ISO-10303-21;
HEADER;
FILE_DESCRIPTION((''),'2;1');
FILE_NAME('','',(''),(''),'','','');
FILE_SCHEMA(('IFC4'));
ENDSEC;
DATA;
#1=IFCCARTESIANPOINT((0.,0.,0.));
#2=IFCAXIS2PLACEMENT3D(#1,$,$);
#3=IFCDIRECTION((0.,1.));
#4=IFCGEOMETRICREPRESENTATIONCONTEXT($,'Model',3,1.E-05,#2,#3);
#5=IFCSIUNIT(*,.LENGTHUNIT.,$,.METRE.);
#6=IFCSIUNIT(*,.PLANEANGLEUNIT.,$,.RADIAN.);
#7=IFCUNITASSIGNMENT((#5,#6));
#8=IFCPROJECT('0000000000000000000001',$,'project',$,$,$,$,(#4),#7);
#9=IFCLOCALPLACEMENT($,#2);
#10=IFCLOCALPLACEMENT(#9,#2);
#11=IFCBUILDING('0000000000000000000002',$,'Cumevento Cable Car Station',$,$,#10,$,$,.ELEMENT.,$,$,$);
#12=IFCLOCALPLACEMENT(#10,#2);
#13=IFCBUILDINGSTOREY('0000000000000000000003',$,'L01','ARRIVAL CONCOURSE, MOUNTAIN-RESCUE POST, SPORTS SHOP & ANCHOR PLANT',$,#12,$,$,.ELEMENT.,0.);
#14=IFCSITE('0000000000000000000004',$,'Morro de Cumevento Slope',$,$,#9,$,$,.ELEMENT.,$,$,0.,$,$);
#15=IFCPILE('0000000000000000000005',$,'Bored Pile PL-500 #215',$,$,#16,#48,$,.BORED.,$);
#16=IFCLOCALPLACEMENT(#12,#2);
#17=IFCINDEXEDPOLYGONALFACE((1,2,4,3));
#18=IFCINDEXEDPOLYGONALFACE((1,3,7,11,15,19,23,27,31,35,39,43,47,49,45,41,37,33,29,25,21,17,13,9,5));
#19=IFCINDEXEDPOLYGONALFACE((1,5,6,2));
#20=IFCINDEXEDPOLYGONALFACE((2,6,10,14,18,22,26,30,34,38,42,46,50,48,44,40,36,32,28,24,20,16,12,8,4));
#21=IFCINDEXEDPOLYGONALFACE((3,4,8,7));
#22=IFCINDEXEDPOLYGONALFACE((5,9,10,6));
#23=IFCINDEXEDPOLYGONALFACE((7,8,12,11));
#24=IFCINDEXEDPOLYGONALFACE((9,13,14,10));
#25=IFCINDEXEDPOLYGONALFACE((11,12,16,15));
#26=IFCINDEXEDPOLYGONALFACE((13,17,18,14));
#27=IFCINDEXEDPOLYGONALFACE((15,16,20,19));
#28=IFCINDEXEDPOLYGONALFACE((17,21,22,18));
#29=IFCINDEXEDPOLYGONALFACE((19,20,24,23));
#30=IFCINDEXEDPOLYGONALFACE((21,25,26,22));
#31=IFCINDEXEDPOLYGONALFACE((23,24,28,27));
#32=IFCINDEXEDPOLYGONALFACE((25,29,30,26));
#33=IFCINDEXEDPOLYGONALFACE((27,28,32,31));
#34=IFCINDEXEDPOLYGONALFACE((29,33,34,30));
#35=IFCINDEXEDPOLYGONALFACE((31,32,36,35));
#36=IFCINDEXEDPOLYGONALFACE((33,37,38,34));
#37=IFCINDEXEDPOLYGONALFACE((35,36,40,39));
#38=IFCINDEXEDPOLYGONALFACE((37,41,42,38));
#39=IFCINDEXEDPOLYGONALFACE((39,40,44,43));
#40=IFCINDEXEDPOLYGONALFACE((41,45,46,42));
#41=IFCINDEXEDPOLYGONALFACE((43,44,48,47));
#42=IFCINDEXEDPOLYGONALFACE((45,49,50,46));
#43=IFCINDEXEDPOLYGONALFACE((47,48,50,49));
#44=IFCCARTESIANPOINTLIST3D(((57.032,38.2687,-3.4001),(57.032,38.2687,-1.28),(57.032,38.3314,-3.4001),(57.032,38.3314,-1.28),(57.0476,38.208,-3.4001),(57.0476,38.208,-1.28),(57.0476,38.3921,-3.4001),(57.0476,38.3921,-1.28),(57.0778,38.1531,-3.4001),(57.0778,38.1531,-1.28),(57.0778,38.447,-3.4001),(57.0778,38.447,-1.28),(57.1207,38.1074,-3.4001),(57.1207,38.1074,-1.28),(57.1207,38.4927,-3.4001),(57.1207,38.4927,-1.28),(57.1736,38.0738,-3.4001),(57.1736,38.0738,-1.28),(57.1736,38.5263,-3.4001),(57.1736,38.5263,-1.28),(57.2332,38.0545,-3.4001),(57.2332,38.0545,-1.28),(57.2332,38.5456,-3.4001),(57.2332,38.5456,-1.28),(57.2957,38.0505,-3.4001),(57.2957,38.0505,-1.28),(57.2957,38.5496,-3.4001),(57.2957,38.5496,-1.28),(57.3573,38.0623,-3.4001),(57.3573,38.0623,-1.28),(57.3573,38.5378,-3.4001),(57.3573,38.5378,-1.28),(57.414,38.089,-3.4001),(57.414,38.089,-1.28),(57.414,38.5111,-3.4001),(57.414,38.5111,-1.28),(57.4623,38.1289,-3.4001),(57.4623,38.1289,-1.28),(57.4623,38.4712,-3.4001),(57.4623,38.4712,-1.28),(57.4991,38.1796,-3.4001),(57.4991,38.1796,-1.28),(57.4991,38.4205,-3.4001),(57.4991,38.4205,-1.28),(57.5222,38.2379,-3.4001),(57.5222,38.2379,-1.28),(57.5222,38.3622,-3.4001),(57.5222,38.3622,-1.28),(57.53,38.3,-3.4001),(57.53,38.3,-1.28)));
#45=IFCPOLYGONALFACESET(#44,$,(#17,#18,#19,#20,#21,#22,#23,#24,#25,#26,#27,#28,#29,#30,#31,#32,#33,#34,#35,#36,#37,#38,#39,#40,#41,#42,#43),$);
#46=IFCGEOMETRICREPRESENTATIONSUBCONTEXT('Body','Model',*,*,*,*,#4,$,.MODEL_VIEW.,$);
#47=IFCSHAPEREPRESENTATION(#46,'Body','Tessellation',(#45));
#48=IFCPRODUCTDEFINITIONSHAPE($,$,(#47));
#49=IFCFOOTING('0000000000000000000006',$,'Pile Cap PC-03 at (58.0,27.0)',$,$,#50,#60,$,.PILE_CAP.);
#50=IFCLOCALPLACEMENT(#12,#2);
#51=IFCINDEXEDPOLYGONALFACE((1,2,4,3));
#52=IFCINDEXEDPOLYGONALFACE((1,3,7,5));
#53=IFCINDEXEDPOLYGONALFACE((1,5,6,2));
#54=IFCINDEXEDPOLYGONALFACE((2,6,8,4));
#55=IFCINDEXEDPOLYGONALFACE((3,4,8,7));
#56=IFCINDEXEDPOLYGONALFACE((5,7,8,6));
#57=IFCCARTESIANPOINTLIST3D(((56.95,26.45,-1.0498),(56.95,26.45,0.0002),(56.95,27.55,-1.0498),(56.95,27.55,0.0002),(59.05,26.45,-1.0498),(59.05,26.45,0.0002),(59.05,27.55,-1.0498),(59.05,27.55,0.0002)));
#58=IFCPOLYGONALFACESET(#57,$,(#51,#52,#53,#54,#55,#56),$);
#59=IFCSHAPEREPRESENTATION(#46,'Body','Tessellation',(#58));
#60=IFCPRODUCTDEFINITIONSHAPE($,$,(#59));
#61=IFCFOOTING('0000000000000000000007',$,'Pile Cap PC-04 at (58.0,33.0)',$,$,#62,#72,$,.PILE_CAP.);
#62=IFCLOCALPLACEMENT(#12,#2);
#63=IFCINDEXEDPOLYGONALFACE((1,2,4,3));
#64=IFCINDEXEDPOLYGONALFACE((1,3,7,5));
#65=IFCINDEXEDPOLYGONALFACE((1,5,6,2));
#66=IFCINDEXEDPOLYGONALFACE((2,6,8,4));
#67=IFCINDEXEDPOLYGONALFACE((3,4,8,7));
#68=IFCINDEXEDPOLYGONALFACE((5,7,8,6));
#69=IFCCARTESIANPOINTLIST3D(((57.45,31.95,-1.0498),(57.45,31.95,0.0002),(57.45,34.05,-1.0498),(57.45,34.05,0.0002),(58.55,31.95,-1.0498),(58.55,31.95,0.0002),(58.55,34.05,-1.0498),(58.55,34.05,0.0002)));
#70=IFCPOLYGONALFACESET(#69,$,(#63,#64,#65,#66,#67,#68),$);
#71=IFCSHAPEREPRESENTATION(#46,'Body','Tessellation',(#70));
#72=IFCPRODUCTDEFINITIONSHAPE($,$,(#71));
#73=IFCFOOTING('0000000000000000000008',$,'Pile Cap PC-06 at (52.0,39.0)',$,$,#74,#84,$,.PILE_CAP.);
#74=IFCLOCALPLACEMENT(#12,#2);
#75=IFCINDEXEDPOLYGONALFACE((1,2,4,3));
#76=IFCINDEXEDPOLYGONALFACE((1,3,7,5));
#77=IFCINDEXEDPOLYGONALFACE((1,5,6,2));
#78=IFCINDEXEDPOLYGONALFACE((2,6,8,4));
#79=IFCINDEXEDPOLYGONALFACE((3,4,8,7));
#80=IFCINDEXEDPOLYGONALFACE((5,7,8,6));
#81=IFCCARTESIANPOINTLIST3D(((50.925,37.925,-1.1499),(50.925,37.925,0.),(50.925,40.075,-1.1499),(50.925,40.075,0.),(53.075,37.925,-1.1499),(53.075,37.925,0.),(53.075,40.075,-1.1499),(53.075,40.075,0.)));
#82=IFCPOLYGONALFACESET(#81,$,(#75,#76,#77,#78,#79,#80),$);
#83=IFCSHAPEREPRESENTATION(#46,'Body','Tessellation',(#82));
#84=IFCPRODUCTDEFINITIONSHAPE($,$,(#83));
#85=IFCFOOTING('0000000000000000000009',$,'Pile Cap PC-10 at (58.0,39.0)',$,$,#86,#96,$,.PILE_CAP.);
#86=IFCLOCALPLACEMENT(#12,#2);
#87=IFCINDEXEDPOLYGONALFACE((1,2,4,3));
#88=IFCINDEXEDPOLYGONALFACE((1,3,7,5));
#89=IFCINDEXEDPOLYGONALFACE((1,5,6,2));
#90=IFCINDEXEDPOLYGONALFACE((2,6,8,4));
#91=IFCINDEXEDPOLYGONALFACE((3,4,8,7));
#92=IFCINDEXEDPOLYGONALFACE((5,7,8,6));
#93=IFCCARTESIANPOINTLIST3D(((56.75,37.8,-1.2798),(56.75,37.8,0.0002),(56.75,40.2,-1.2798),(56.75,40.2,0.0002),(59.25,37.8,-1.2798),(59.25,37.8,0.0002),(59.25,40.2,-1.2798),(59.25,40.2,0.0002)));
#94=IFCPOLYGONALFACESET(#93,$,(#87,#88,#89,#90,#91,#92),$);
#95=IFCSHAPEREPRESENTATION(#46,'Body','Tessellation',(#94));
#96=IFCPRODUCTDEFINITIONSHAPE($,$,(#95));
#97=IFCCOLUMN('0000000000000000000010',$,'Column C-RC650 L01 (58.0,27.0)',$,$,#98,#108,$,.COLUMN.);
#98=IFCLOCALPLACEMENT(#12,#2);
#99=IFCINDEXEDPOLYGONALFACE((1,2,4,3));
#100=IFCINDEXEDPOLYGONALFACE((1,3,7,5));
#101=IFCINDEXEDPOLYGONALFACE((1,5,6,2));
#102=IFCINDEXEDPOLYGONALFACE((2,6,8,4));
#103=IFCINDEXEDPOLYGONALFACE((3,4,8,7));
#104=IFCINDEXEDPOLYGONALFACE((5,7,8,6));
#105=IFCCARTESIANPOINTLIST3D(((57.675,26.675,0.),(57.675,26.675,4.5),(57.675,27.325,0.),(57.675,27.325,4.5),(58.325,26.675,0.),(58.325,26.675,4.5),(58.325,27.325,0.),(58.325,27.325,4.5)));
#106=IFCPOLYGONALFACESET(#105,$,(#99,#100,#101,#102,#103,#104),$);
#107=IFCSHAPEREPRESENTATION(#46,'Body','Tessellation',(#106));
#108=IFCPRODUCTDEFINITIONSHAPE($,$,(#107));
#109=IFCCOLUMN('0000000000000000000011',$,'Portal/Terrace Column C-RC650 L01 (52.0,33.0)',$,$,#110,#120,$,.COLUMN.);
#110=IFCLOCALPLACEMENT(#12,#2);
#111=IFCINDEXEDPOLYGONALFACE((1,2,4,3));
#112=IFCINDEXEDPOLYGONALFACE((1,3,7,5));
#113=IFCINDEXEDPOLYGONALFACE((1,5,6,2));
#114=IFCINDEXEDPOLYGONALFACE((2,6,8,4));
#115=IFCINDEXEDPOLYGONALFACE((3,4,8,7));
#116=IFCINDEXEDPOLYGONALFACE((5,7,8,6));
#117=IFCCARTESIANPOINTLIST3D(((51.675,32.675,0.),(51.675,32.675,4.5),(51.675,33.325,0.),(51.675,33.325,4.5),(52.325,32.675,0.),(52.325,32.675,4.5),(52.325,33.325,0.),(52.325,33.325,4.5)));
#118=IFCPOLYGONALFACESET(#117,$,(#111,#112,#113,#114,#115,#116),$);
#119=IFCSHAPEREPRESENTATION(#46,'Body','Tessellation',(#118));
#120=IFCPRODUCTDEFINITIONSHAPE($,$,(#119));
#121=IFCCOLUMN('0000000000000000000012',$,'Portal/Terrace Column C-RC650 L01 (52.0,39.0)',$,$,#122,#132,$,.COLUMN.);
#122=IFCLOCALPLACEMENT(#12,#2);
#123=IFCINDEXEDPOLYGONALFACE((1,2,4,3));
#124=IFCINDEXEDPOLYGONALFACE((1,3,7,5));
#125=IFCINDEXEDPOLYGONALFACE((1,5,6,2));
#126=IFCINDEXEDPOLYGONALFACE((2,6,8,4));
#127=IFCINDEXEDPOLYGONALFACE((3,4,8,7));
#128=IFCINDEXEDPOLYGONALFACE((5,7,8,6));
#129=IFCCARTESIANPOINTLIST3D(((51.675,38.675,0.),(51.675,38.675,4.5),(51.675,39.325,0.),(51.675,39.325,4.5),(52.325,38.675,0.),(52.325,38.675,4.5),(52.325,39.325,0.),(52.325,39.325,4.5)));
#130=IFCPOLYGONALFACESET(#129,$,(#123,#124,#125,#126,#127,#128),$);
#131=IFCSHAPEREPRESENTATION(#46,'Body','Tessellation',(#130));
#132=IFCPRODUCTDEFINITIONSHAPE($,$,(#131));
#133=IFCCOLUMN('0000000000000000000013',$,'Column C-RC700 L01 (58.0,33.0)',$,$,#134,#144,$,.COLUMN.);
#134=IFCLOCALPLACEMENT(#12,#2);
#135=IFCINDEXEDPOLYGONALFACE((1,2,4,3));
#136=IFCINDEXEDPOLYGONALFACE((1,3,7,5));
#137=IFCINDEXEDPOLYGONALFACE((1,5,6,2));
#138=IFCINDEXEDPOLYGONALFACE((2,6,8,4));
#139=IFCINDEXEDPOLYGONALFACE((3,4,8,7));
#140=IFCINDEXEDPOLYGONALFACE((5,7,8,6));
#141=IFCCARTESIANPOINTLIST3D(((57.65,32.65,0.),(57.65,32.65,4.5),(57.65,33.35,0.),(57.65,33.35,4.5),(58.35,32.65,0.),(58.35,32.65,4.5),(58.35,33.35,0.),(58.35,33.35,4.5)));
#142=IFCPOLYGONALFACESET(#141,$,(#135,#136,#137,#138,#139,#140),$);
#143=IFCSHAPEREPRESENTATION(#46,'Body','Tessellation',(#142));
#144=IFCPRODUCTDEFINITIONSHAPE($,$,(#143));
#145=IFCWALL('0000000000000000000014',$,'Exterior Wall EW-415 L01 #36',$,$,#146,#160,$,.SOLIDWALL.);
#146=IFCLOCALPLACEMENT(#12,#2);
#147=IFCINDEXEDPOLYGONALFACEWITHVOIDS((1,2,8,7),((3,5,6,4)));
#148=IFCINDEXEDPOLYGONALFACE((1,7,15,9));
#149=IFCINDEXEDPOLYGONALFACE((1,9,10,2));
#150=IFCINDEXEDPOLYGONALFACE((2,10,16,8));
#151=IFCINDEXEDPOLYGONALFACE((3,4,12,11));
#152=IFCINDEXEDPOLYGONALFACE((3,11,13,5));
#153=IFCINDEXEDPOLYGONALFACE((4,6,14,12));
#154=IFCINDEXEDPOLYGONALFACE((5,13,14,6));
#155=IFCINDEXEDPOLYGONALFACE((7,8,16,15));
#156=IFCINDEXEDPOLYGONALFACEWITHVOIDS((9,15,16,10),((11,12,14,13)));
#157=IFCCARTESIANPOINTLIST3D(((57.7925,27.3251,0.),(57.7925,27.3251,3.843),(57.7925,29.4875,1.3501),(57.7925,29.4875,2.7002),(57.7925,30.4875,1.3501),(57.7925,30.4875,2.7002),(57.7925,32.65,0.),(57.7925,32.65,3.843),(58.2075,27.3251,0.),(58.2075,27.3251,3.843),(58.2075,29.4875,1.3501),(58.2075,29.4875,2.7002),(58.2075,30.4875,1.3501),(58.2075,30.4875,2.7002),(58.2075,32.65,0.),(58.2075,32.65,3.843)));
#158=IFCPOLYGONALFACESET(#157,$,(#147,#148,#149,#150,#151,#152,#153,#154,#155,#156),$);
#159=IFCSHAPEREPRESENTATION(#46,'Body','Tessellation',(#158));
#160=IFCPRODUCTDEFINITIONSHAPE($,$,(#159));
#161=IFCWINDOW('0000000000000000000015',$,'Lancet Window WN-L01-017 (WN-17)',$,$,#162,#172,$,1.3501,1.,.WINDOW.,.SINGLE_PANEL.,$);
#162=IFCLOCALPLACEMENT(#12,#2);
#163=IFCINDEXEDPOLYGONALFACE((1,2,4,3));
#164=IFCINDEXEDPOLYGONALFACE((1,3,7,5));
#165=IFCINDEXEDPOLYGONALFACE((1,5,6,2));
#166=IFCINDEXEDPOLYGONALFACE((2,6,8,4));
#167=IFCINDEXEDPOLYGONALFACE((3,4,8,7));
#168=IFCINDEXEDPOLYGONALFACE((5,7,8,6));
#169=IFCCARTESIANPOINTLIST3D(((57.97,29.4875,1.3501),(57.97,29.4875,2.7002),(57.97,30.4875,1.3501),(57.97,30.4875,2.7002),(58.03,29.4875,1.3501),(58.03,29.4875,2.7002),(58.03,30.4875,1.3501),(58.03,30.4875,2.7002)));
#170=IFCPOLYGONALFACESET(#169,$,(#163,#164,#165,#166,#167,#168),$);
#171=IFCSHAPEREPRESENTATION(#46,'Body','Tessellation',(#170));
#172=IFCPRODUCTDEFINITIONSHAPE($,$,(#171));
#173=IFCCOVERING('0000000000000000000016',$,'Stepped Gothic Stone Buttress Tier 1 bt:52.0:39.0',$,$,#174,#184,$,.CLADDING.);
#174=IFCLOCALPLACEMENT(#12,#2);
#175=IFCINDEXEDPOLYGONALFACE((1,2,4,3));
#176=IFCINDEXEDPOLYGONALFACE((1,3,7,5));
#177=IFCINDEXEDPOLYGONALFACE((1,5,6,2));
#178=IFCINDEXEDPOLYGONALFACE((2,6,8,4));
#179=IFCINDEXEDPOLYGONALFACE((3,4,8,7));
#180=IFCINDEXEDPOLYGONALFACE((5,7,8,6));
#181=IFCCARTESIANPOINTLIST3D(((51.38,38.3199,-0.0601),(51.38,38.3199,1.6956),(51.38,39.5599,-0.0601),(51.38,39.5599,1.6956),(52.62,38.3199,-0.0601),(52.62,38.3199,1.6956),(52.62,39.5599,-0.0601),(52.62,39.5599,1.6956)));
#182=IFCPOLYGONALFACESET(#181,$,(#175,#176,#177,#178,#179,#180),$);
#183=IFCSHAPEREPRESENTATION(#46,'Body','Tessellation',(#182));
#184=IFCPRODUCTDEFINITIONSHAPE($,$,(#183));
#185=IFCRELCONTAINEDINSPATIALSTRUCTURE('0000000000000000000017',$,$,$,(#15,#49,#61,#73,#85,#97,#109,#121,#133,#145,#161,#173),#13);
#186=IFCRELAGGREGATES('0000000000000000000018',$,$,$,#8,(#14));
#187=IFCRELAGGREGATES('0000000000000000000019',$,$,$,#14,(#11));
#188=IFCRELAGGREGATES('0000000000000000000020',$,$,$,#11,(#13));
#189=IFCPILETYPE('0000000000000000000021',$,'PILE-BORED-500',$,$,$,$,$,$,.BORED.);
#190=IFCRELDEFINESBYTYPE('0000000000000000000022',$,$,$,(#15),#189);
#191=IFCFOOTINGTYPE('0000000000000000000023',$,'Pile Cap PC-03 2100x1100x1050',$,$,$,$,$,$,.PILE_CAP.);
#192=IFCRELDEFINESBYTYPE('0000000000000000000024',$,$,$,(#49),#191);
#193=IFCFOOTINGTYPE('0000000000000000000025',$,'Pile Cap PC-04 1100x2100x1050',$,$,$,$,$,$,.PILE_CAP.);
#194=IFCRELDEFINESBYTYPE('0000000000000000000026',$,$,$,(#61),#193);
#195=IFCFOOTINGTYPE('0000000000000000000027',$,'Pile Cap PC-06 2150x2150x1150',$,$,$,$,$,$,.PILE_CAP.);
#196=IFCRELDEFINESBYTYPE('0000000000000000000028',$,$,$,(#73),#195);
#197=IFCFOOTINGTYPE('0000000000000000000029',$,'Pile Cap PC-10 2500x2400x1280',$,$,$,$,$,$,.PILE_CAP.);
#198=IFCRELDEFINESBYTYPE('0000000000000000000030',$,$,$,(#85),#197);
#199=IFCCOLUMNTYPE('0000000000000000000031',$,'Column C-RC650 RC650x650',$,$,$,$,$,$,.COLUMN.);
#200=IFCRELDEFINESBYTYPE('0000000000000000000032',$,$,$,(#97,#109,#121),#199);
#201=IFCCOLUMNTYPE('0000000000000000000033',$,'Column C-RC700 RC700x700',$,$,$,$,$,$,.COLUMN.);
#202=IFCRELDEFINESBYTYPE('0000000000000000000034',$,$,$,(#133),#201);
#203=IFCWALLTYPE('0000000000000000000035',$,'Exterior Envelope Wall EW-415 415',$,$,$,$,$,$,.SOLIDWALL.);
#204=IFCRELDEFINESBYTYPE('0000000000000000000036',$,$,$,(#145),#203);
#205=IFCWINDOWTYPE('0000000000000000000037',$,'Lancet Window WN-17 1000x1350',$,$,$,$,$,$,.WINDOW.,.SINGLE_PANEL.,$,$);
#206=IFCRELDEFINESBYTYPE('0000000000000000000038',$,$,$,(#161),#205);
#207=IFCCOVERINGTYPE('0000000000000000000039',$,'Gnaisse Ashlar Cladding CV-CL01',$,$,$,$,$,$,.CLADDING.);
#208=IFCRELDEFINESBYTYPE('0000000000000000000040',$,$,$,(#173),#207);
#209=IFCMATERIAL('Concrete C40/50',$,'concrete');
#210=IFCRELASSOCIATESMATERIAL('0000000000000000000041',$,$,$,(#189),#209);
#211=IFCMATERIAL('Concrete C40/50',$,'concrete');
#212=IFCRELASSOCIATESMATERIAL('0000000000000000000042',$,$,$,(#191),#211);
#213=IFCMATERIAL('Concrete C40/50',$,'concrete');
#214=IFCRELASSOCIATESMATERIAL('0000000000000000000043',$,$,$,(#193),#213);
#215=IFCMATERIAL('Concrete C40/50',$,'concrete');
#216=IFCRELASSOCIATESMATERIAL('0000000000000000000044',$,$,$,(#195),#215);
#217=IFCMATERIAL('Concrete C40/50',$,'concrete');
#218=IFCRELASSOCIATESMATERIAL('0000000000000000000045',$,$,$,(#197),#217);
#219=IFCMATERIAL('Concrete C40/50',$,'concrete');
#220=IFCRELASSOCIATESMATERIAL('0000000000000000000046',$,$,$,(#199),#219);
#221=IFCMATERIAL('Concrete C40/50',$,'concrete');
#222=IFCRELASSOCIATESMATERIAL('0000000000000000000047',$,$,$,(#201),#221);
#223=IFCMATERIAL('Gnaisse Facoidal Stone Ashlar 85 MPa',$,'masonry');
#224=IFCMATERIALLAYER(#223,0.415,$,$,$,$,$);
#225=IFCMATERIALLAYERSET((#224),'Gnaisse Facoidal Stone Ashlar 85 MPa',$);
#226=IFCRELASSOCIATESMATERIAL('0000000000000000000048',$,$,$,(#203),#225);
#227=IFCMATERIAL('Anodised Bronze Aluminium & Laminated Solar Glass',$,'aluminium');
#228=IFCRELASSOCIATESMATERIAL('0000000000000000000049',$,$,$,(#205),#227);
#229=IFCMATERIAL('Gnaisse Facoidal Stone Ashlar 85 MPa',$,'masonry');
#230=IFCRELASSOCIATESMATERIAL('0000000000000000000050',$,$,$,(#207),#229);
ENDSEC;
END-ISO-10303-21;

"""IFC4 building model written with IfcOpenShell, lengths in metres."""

from ifc_helpers import new_model, si_unit, direction, frame, frame_2d, origin, origin_2d, place, context, subcontext, project, spatial, rectangle, circle, extrude, material, layer, layer_set, material_profile, profile_set, type_object, element, fill, save


model = new_model("IFC4")

# Units and contexts
model_context = context("Model", 3, precision=1e-05, world=origin(), true_north=direction((0.0, 1.0)))
body_context = subcontext(model_context, "Body", "Model", "MODEL_VIEW")
ifc_project = project(units=[si_unit("LENGTHUNIT", "METRE"), si_unit("PLANEANGLEUNIT", "RADIAN")], contexts=[model_context])

# Site, building, storey
site_placement = place(None, origin())
site = spatial("IfcSite", under=ifc_project, at=site_placement, Name="Morro de Cumevento Slope", CompositionType="ELEMENT", RefElevation=0.0)
building_placement = place(site_placement, origin())
building = spatial("IfcBuilding", under=site, at=building_placement, Name="Cumevento Cable Car Station", CompositionType="ELEMENT")
storey_placement = place(building_placement, origin())
storey = spatial("IfcBuildingStorey", under=building, at=storey_placement, Name="L01", Description="ARRIVAL CONCOURSE, MOUNTAIN-RESCUE POST, SPORTS SHOP & ANCHOR PLANT", CompositionType="ELEMENT", Elevation=0.0)

# Pile
ifc_material_1 = material(Name="Concrete C40/50", Category="concrete")
ifc_material_profile_1 = material_profile(ifc_material_1, circle(Radius=0.25, at=origin_2d()), Name="PILE-D500")
ifc_profile_set_1 = profile_set([ifc_material_profile_1], Name="Concrete C40/50")
pile_type_1 = type_object("IfcPileType", Name="PILE-BORED-500", PredefinedType="BORED", material=ifc_profile_set_1)
pile_placement = place(storey_placement, frame((57.28, 38.3, -1.28), z_axis=(0.0, 0.0, -1.0), x_axis=(1.0, 0.0, 0.0)))
element("IfcPile", 1, at=pile_placement, inside=storey, type_object=pile_type_1, Name="Bored Pile PL-500 #215", PredefinedType="BORED", context=body_context, shape_type="SweptSolid", body=[
    extrude(circle(Radius=0.25, at=origin_2d()), origin(), (0.0, 0.0, 1.0), 2.1201),
])

# Footings
ifc_material_2 = material(Name="Concrete C40/50", Category="concrete")
footing_type_1 = type_object("IfcFootingType", Name="Pile Cap PC-03 2100x1100x1050", PredefinedType="PILE_CAP", material=ifc_material_2)
footing_1_placement = place(storey_placement, frame((58.0, 27.0, -1.0498), z_axis=(0.0, 0.0, 1.0), x_axis=(1.0, 0.0, 0.0)))
element("IfcFooting", 2, at=footing_1_placement, inside=storey, type_object=footing_type_1, Name="Pile Cap PC-03 at (58.0,27.0)", PredefinedType="PILE_CAP", context=body_context, shape_type="SweptSolid", body=[
    extrude(rectangle(XDim=2.1001, YDim=1.1001, at=origin_2d()), origin(), (0.0, 0.0, 1.0), 1.05),
])
ifc_material_3 = material(Name="Concrete C40/50", Category="concrete")
footing_type_2 = type_object("IfcFootingType", Name="Pile Cap PC-04 1100x2100x1050", PredefinedType="PILE_CAP", material=ifc_material_3)
footing_2_placement = place(storey_placement, frame((58.0, 33.0, -1.0498), z_axis=(0.0, 0.0, 1.0), x_axis=(1.0, 0.0, 0.0)))
element("IfcFooting", 3, at=footing_2_placement, inside=storey, type_object=footing_type_2, Name="Pile Cap PC-04 at (58.0,33.0)", PredefinedType="PILE_CAP", context=body_context, shape_type="SweptSolid", body=[
    extrude(rectangle(XDim=1.1001, YDim=2.1001, at=origin_2d()), origin(), (0.0, 0.0, 1.0), 1.05),
])
ifc_material_4 = material(Name="Concrete C40/50", Category="concrete")
footing_type_3 = type_object("IfcFootingType", Name="Pile Cap PC-06 2150x2150x1150", PredefinedType="PILE_CAP", material=ifc_material_4)
footing_3_placement = place(storey_placement, frame((52.0, 39.0, -1.1499), z_axis=(0.0, 0.0, 1.0), x_axis=(1.0, 0.0, 0.0)))
element("IfcFooting", 4, at=footing_3_placement, inside=storey, type_object=footing_type_3, Name="Pile Cap PC-06 at (52.0,39.0)", PredefinedType="PILE_CAP", context=body_context, shape_type="SweptSolid", body=[
    extrude(rectangle(XDim=2.1499, YDim=2.1499, at=origin_2d()), origin(), (0.0, 0.0, 1.0), 1.1499),
])
ifc_material_5 = material(Name="Concrete C40/50", Category="concrete")
footing_type_4 = type_object("IfcFootingType", Name="Pile Cap PC-10 2500x2400x1280", PredefinedType="PILE_CAP", material=ifc_material_5)
footing_4_placement = place(storey_placement, frame((58.0, 39.0, -1.2798), z_axis=(0.0, 0.0, 1.0), x_axis=(1.0, 0.0, 0.0)))
element("IfcFooting", 5, at=footing_4_placement, inside=storey, type_object=footing_type_4, Name="Pile Cap PC-10 at (58.0,39.0)", PredefinedType="PILE_CAP", context=body_context, shape_type="SweptSolid", body=[
    extrude(rectangle(XDim=2.5, YDim=2.3999, at=origin_2d()), origin(), (0.0, 0.0, 1.0), 1.28),
])

# Columns
ifc_material_6 = material(Name="Concrete C40/50", Category="concrete")
ifc_material_profile_2 = material_profile(ifc_material_6, rectangle(XDim=0.6499, YDim=0.6499, at=origin_2d()), Name="RC650x650")
ifc_profile_set_2 = profile_set([ifc_material_profile_2], Name="Concrete C40/50")
column_type_1 = type_object("IfcColumnType", Name="Column C-RC650 RC650x650", PredefinedType="COLUMN", material=ifc_profile_set_2)
for number, where, z_axis, x_axis, name in (
    (6, (58.0, 27.0, 0.0), (0.0, 0.0, 1.0), (1.0, 0.0, 0.0), "Column C-RC650 L01 (58.0,27.0)"),
    (7, (52.0, 33.0, 0.0), (0.0, 0.0, 1.0), (1.0, 0.0, 0.0), "Portal/Terrace Column C-RC650 L01 (52.0,33.0)"),
    (8, (52.0, 39.0, 0.0), (0.0, 0.0, 1.0), (1.0, 0.0, 0.0), "Portal/Terrace Column C-RC650 L01 (52.0,39.0)"),
):
    element("IfcColumn", number, at=place(storey_placement, frame(where, z_axis=z_axis, x_axis=x_axis)), inside=storey, type_object=column_type_1, Name=name, PredefinedType="COLUMN", context=body_context, shape_type="SweptSolid", body=[
        extrude(rectangle(XDim=0.6499, YDim=0.6499, at=origin_2d()), origin(), (0.0, 0.0, 1.0), 4.5),
    ])
ifc_material_7 = material(Name="Concrete C40/50", Category="concrete")
ifc_material_profile_3 = material_profile(ifc_material_7, rectangle(XDim=0.7, YDim=0.7, at=origin_2d()), Name="RC700x700")
ifc_profile_set_3 = profile_set([ifc_material_profile_3], Name="Concrete C40/50")
column_type_2 = type_object("IfcColumnType", Name="Column C-RC700 RC700x700", PredefinedType="COLUMN", material=ifc_profile_set_3)
column_placement = place(storey_placement, frame((58.0, 33.0, 0.0), z_axis=(0.0, 0.0, 1.0), x_axis=(1.0, 0.0, 0.0)))
element("IfcColumn", 9, at=column_placement, inside=storey, type_object=column_type_2, Name="Column C-RC700 L01 (58.0,33.0)", PredefinedType="COLUMN", context=body_context, shape_type="SweptSolid", body=[
    extrude(rectangle(XDim=0.7, YDim=0.7, at=origin_2d()), origin(), (0.0, 0.0, 1.0), 4.5),
])

# Wall, opening, window
ifc_material_8 = material(Name="Gnaisse Facoidal Stone Ashlar 85 MPa", Category="masonry")
ifc_layer = layer(ifc_material_8, 0.415)
ifc_layer_set = layer_set([ifc_layer], Name="Gnaisse Facoidal Stone Ashlar 85 MPa")
wall_type = type_object("IfcWallType", Name="Exterior Envelope Wall EW-415 415", PredefinedType="SOLIDWALL", material=ifc_layer_set)
wall_placement = place(storey_placement, frame((58.0, 27.325, 0.0), z_axis=(0.0, 0.0, 1.0), x_axis=(0.0, 1.0, 0.0)))
wall = element("IfcWall", 10, at=wall_placement, inside=storey, type_object=wall_type, Name="Exterior Wall EW-415 L01 #36", PredefinedType="SOLIDWALL", context=body_context, shape_type="SweptSolid", body=[
    extrude(rectangle(XDim=5.325, YDim=0.415, at=frame_2d((2.6626, 0.0))), origin(), (0.0, 0.0, 1.0), 3.843),
])
opening_placement = place(wall_placement, frame((2.1626, 0.0, 1.3501)))
opening = element("IfcOpeningElement", 11, at=opening_placement, cuts=wall, PredefinedType="OPENING", context=body_context, shape_type="SweptSolid", body=[
    extrude(rectangle(XDim=1.0, YDim=1.3501, at=frame_2d((0.5, 0.675))), frame((0.0, 0.2175, 0.0), z_axis=(0.0, -1.0, 0.0), x_axis=(1.0, 0.0, 0.0)), (0.0, 0.0, 1.0), 0.4351),
])
ifc_material_9 = material(Name="Anodised Bronze Aluminium & Laminated Solar Glass", Category="aluminium")
window_type = type_object("IfcWindowType", Name="Lancet Window WN-17 1000x1350", PartitioningType="SINGLE_PANEL", PredefinedType="WINDOW", material=ifc_material_9)
window_placement = place(opening_placement, origin())
window = element("IfcWindow", 12, at=window_placement, inside=storey, type_object=window_type, Name="Lancet Window WN-L01-017 (WN-17)", OverallHeight=1.3501, OverallWidth=1.0, PartitioningType="SINGLE_PANEL", PredefinedType="WINDOW", context=body_context, shape_type="SweptSolid", body=[
    extrude(rectangle(XDim=1.0, YDim=1.3501, at=frame_2d((0.5, 0.675))), frame((0.0, 0.03, 0.0), z_axis=(0.0, -1.0, 0.0), x_axis=(1.0, 0.0, 0.0)), (0.0, 0.0, 1.0), 0.0601),
])
fill(opening, window)

# Covering
ifc_material_10 = material(Name="Gnaisse Facoidal Stone Ashlar 85 MPa", Category="masonry")
covering_type = type_object("IfcCoveringType", Name="Gnaisse Ashlar Cladding CV-CL01", PredefinedType="CLADDING", material=ifc_material_10)
covering_1_placement = place(storey_placement, frame((52.0, 38.9399, -0.0601), z_axis=(0.0, 0.0, 1.0), x_axis=(1.0, 0.0, 0.0)))
element("IfcCovering", 13, at=covering_1_placement, inside=storey, type_object=covering_type, Name="Stepped Gothic Stone Buttress Tier 1 bt:52.0:39.0", PredefinedType="CLADDING", context=body_context, shape_type="SweptSolid", body=[
    extrude(rectangle(XDim=1.24, YDim=1.24, at=origin_2d()), origin(), (0.0, 0.0, 1.0), 1.7556),
])

save(model, "model.ifc")
